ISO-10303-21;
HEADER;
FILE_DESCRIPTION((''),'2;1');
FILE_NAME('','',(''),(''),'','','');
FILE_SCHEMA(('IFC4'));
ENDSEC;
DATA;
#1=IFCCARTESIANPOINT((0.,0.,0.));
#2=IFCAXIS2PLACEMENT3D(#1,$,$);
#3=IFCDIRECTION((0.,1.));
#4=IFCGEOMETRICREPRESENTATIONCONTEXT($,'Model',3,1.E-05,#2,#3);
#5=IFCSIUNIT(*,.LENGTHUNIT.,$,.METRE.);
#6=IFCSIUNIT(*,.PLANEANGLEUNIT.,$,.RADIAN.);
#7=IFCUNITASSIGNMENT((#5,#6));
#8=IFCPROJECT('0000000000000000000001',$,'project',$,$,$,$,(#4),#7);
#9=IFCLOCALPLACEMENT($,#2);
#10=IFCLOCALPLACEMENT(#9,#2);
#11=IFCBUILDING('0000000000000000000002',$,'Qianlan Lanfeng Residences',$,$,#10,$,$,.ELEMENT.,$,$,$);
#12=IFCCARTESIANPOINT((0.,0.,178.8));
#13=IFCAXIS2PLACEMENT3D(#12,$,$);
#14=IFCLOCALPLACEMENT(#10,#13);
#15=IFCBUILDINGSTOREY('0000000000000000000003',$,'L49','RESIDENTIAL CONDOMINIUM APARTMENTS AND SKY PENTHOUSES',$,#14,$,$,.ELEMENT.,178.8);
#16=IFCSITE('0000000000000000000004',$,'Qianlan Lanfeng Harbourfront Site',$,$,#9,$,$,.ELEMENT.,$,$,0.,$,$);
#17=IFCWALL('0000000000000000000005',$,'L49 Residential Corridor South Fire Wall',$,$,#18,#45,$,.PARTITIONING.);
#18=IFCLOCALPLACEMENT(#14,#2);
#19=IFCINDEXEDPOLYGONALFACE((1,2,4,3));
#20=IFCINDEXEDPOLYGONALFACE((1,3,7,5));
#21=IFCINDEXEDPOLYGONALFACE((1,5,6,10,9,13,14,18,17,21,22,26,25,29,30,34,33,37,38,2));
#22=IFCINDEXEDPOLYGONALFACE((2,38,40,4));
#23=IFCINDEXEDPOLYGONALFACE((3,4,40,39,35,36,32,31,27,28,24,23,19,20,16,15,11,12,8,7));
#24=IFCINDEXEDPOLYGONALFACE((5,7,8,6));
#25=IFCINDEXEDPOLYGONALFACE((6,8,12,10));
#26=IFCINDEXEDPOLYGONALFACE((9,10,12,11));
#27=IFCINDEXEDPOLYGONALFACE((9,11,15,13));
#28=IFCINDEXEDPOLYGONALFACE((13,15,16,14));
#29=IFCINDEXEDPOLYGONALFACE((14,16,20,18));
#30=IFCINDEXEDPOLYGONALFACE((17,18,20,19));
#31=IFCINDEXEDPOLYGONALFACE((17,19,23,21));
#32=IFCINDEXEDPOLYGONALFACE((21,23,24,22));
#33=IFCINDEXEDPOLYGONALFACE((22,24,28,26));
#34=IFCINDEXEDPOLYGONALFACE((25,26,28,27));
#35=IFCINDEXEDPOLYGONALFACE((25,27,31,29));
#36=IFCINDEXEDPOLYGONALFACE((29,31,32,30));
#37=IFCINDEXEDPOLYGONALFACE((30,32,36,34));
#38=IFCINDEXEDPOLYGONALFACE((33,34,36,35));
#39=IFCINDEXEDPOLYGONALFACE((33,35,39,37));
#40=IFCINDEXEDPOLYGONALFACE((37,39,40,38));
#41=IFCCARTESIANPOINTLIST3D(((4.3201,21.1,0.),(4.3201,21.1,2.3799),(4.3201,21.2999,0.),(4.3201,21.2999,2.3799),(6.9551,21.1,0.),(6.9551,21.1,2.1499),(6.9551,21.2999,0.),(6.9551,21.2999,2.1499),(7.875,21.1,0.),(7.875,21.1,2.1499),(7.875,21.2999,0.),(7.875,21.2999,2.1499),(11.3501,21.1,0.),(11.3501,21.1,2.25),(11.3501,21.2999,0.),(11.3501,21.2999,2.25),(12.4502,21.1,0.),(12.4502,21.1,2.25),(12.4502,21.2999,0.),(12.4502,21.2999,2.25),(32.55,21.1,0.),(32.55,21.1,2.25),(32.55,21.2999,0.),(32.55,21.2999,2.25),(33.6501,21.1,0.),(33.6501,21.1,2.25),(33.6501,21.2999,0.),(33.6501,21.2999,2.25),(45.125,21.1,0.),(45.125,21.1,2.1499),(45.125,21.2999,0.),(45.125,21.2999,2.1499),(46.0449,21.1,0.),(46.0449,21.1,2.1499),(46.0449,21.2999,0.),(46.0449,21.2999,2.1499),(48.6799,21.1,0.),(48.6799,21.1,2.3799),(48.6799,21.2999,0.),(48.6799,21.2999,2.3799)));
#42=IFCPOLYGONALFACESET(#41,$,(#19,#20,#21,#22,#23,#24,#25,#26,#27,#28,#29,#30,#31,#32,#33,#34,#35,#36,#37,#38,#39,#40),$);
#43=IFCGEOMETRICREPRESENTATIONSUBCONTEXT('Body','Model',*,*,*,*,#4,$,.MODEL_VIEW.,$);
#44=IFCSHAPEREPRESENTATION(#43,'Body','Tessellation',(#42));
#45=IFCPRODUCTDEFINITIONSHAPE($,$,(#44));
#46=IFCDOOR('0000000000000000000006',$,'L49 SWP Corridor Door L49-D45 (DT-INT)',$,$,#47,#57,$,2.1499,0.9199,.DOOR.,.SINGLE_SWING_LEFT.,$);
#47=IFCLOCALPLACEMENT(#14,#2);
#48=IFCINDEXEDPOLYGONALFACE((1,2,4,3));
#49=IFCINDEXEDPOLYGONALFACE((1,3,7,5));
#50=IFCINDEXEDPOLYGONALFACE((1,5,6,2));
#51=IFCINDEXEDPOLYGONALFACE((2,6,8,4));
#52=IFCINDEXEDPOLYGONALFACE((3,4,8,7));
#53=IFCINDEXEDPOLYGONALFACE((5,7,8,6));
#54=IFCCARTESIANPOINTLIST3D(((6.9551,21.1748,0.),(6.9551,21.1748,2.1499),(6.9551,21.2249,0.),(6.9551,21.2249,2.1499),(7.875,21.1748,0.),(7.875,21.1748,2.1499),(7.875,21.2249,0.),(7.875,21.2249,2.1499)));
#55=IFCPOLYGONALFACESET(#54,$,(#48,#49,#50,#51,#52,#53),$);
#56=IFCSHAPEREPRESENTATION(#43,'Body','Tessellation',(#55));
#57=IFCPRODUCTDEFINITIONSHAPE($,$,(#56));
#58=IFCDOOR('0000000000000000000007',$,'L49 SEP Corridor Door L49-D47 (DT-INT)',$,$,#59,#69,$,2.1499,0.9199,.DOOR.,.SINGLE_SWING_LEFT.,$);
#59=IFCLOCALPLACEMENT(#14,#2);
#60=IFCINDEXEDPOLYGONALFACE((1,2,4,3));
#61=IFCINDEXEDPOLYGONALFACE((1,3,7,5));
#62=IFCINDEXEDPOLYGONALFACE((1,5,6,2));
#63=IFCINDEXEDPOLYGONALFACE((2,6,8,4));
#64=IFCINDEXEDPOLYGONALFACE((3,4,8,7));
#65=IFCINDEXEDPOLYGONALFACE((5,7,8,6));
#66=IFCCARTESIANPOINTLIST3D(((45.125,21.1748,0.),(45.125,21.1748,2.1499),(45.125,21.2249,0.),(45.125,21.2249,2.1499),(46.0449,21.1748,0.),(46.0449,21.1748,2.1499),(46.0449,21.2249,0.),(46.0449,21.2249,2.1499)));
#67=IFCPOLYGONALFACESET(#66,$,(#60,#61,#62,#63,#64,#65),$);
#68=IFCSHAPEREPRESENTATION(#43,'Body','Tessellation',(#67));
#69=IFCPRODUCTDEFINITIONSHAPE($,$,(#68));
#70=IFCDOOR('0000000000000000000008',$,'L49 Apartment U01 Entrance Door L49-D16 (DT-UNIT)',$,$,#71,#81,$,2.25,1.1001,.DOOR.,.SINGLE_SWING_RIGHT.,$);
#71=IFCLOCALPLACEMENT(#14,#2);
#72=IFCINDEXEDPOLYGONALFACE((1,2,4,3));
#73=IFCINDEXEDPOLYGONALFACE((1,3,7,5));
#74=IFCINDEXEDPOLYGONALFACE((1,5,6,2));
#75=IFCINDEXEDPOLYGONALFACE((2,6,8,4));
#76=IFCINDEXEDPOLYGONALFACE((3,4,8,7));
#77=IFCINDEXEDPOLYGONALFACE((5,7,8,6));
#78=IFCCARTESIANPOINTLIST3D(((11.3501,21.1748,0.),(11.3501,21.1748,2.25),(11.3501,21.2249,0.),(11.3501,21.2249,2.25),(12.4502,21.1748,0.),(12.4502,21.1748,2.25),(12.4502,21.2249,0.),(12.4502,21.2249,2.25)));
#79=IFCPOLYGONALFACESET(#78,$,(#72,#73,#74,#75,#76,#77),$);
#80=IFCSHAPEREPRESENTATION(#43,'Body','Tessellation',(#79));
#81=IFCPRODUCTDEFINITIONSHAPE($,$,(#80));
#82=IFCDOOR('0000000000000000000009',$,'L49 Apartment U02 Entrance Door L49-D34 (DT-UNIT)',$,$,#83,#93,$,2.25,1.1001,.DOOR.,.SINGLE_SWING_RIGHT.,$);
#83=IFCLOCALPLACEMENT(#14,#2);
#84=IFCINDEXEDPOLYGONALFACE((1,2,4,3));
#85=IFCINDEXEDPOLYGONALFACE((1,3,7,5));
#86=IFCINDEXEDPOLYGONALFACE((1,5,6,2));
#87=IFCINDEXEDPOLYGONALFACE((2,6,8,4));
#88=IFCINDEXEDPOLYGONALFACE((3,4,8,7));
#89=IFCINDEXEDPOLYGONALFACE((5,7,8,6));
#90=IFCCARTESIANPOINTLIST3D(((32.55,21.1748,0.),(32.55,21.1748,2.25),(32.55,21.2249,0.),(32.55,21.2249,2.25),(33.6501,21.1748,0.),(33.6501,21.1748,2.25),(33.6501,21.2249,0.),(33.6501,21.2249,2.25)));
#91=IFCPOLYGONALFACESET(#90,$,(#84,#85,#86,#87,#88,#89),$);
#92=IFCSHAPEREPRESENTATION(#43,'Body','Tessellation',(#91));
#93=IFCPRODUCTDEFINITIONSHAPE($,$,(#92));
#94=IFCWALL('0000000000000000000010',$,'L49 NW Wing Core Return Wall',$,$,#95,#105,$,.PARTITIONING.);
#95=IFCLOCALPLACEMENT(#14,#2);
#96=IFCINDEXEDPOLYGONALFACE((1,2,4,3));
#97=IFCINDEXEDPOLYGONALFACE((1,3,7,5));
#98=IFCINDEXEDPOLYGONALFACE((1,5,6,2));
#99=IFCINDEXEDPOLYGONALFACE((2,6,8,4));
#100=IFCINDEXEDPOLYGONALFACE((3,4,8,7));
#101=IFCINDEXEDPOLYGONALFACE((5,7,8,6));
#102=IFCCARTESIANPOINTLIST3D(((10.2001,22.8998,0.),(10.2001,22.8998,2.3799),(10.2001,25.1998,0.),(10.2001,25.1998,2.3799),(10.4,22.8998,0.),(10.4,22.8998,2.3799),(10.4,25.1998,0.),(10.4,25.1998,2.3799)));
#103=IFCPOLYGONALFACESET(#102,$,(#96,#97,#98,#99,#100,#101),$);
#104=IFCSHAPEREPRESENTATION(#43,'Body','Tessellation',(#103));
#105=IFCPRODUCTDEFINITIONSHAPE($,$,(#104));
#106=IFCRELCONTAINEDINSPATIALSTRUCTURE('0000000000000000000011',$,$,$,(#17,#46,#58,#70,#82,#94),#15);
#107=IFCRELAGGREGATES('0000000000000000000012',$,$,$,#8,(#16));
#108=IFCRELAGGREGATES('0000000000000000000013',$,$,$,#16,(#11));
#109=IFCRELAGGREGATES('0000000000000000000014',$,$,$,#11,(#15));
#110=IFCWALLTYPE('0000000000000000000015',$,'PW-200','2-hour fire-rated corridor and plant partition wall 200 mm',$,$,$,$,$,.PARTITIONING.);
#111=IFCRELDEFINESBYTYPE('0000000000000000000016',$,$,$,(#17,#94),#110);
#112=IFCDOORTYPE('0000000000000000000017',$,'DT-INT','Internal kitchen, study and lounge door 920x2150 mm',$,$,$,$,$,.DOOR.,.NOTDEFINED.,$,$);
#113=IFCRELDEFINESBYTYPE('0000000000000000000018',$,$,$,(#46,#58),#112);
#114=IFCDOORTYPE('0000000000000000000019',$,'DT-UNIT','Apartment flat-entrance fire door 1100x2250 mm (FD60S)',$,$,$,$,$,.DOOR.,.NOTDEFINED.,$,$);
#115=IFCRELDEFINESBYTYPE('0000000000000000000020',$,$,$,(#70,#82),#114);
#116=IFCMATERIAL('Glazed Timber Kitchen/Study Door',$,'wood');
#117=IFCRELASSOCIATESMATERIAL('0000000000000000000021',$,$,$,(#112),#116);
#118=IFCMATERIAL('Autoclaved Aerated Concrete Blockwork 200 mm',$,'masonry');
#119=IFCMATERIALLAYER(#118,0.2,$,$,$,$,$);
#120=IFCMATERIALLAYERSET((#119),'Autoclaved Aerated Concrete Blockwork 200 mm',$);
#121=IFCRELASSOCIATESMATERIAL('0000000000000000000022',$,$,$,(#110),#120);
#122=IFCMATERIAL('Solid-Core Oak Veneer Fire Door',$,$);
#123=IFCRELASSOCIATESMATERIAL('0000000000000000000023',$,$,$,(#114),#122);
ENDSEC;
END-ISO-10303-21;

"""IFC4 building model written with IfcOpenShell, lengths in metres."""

from ifc_helpers import new_model, si_unit, direction, frame, frame_2d, origin, place, context, subcontext, project, spatial, rectangle, extrude, material, layer, layer_set, type_object, element, fill, save


model = new_model("IFC4")

# Units and contexts
model_context = context("Model", 3, precision=1e-05, world=origin(), true_north=direction((0.0, 1.0)))
body_context = subcontext(model_context, "Body", "Model", "MODEL_VIEW")
ifc_project = project(units=[si_unit("LENGTHUNIT", "METRE"), si_unit("PLANEANGLEUNIT", "RADIAN")], contexts=[model_context])

# Site, building, storey
site_placement = place(None, origin())
site = spatial("IfcSite", under=ifc_project, at=site_placement, Name="Qianlan Lanfeng Harbourfront Site", CompositionType="ELEMENT", RefElevation=0.0)
building_placement = place(site_placement, origin())
building = spatial("IfcBuilding", under=site, at=building_placement, Name="Qianlan Lanfeng Residences", CompositionType="ELEMENT")
storey_placement = place(building_placement, frame((0.0, 0.0, 178.8)))
storey = spatial("IfcBuildingStorey", under=building, at=storey_placement, Name="L49", Description="RESIDENTIAL CONDOMINIUM APARTMENTS AND SKY PENTHOUSES", CompositionType="ELEMENT", Elevation=178.8)

# Shared definitions
ifc_material_1 = material(Name="Glazed Timber Kitchen/Study Door", Category="wood")
door_type_1 = type_object("IfcDoorType", Name="DT-INT", Description="Internal kitchen, study and lounge door 920x2150 mm", OperationType="NOTDEFINED", PredefinedType="DOOR", material=ifc_material_1)

# Wall, openings, doors
ifc_material_2 = material(Name="Autoclaved Aerated Concrete Blockwork 200 mm", Category="masonry")
ifc_layer_1 = layer(ifc_material_2, 0.2)
ifc_layer_set_1 = layer_set([ifc_layer_1], Name="Autoclaved Aerated Concrete Blockwork 200 mm")
wall_type_1 = type_object("IfcWallType", Name="PW-200", Description="2-hour fire-rated corridor and plant partition wall 200 mm", PredefinedType="PARTITIONING", material=ifc_layer_set_1)
wall_1_placement = place(storey_placement, frame((4.3201, 21.2, 0.0), z_axis=(0.0, 0.0, 1.0), x_axis=(1.0, 0.0, 0.0)))
wall_1 = element("IfcWall", 1, at=wall_1_placement, inside=storey, type_object=wall_type_1, Name="L49 Residential Corridor South Fire Wall", PredefinedType="PARTITIONING", context=body_context, shape_type="SweptSolid", body=[
    extrude(rectangle(XDim=44.3599, YDim=0.2, at=frame_2d((22.1799, 0.0))), origin(), (0.0, 0.0, 1.0), 2.3799),
])
opening_1_placement = place(wall_1_placement, frame((7.03, 0.0, 0.0)))
opening_1 = element("IfcOpeningElement", 2, at=opening_1_placement, cuts=wall_1, PredefinedType="OPENING", context=body_context, shape_type="SweptSolid", body=[
    extrude(rectangle(XDim=1.1001, YDim=2.25, at=frame_2d((0.55, 1.125))), frame((0.0, 0.1099, 0.0), z_axis=(0.0, -1.0, 0.0), x_axis=(1.0, 0.0, 0.0)), (0.0, 0.0, 1.0), 0.22),
])
opening_2_placement = place(wall_1_placement, frame((28.23, 0.0, 0.0)))
opening_2 = element("IfcOpeningElement", 3, at=opening_2_placement, cuts=wall_1, PredefinedType="OPENING", context=body_context, shape_type="SweptSolid", body=[
    extrude(rectangle(XDim=1.1001, YDim=2.25, at=frame_2d((0.55, 1.125))), frame((0.0, 0.1099, 0.0), z_axis=(0.0, -1.0, 0.0), x_axis=(1.0, 0.0, 0.0)), (0.0, 0.0, 1.0), 0.22),
])
opening_3_placement = place(wall_1_placement, frame((2.635, 0.0, 0.0)))
opening_3 = element("IfcOpeningElement", 4, at=opening_3_placement, cuts=wall_1, PredefinedType="OPENING", context=body_context, shape_type="SweptSolid", body=[
    extrude(rectangle(XDim=0.9199, YDim=2.1499, at=frame_2d((0.46, 1.075))), frame((0.0, 0.1099, 0.0), z_axis=(0.0, -1.0, 0.0), x_axis=(1.0, 0.0, 0.0)), (0.0, 0.0, 1.0), 0.22),
])
opening_4_placement = place(wall_1_placement, frame((40.8049, 0.0, 0.0)))
opening_4 = element("IfcOpeningElement", 5, at=opening_4_placement, cuts=wall_1, PredefinedType="OPENING", context=body_context, shape_type="SweptSolid", body=[
    extrude(rectangle(XDim=0.9199, YDim=2.1499, at=frame_2d((0.46, 1.075))), frame((0.0, 0.1099, 0.0), z_axis=(0.0, -1.0, 0.0), x_axis=(1.0, 0.0, 0.0)), (0.0, 0.0, 1.0), 0.22),
])
door_1_placement = place(opening_3_placement, origin())
door_1 = element("IfcDoor", 6, at=door_1_placement, inside=storey, type_object=door_type_1, Name="L49 SWP Corridor Door L49-D45 (DT-INT)", OperationType="SINGLE_SWING_LEFT", OverallHeight=2.1499, OverallWidth=0.9199, PredefinedType="DOOR", context=body_context, shape_type="SweptSolid", body=[
    extrude(rectangle(XDim=0.9199, YDim=2.1499, at=frame_2d((0.46, 1.075))), frame((0.0, 0.0249, 0.0), z_axis=(0.0, -1.0, 0.0), x_axis=(1.0, 0.0, 0.0)), (0.0, 0.0, 1.0), 0.05),
])
fill(opening_3, door_1)
door_2_placement = place(opening_4_placement, origin())
door_2 = element("IfcDoor", 7, at=door_2_placement, inside=storey, type_object=door_type_1, Name="L49 SEP Corridor Door L49-D47 (DT-INT)", OperationType="SINGLE_SWING_LEFT", OverallHeight=2.1499, OverallWidth=0.9199, PredefinedType="DOOR", context=body_context, shape_type="SweptSolid", body=[
    extrude(rectangle(XDim=0.9199, YDim=2.1499, at=frame_2d((0.46, 1.075))), frame((0.0, 0.0249, 0.0), z_axis=(0.0, -1.0, 0.0), x_axis=(1.0, 0.0, 0.0)), (0.0, 0.0, 1.0), 0.05),
])
fill(opening_4, door_2)
ifc_material_3 = material(Name="Solid-Core Oak Veneer Fire Door")
door_type_2 = type_object("IfcDoorType", Name="DT-UNIT", Description="Apartment flat-entrance fire door 1100x2250 mm (FD60S)", OperationType="NOTDEFINED", PredefinedType="DOOR", material=ifc_material_3)
door_3_placement = place(opening_1_placement, origin())
door_3 = element("IfcDoor", 8, at=door_3_placement, inside=storey, type_object=door_type_2, Name="L49 Apartment U01 Entrance Door L49-D16 (DT-UNIT)", OperationType="SINGLE_SWING_RIGHT", OverallHeight=2.25, OverallWidth=1.1001, PredefinedType="DOOR", context=body_context, shape_type="SweptSolid", body=[
    extrude(rectangle(XDim=1.1001, YDim=2.25, at=frame_2d((0.55, 1.125))), frame((0.0, 0.0249, 0.0), z_axis=(0.0, -1.0, 0.0), x_axis=(1.0, 0.0, 0.0)), (0.0, 0.0, 1.0), 0.05),
])
fill(opening_1, door_3)
door_4_placement = place(opening_2_placement, origin())
door_4 = element("IfcDoor", 9, at=door_4_placement, inside=storey, type_object=door_type_2, Name="L49 Apartment U02 Entrance Door L49-D34 (DT-UNIT)", OperationType="SINGLE_SWING_RIGHT", OverallHeight=2.25, OverallWidth=1.1001, PredefinedType="DOOR", context=body_context, shape_type="SweptSolid", body=[
    extrude(rectangle(XDim=1.1001, YDim=2.25, at=frame_2d((0.55, 1.125))), frame((0.0, 0.0249, 0.0), z_axis=(0.0, -1.0, 0.0), x_axis=(1.0, 0.0, 0.0)), (0.0, 0.0, 1.0), 0.05),
])
fill(opening_2, door_4)

# Wall
wall_2_placement = place(storey_placement, frame((10.3, 22.8999, 0.0), z_axis=(0.0, 0.0, 1.0), x_axis=(0.0, 1.0, 0.0)))
element("IfcWall", 10, at=wall_2_placement, inside=storey, type_object=wall_type_1, Name="L49 NW Wing Core Return Wall", PredefinedType="PARTITIONING", context=body_context, shape_type="SweptSolid", body=[
    extrude(rectangle(XDim=2.3, YDim=0.2, at=frame_2d((1.1499, 0.0))), origin(), (0.0, 0.0, 1.0), 2.3799),
])

save(model, "model.ifc")
